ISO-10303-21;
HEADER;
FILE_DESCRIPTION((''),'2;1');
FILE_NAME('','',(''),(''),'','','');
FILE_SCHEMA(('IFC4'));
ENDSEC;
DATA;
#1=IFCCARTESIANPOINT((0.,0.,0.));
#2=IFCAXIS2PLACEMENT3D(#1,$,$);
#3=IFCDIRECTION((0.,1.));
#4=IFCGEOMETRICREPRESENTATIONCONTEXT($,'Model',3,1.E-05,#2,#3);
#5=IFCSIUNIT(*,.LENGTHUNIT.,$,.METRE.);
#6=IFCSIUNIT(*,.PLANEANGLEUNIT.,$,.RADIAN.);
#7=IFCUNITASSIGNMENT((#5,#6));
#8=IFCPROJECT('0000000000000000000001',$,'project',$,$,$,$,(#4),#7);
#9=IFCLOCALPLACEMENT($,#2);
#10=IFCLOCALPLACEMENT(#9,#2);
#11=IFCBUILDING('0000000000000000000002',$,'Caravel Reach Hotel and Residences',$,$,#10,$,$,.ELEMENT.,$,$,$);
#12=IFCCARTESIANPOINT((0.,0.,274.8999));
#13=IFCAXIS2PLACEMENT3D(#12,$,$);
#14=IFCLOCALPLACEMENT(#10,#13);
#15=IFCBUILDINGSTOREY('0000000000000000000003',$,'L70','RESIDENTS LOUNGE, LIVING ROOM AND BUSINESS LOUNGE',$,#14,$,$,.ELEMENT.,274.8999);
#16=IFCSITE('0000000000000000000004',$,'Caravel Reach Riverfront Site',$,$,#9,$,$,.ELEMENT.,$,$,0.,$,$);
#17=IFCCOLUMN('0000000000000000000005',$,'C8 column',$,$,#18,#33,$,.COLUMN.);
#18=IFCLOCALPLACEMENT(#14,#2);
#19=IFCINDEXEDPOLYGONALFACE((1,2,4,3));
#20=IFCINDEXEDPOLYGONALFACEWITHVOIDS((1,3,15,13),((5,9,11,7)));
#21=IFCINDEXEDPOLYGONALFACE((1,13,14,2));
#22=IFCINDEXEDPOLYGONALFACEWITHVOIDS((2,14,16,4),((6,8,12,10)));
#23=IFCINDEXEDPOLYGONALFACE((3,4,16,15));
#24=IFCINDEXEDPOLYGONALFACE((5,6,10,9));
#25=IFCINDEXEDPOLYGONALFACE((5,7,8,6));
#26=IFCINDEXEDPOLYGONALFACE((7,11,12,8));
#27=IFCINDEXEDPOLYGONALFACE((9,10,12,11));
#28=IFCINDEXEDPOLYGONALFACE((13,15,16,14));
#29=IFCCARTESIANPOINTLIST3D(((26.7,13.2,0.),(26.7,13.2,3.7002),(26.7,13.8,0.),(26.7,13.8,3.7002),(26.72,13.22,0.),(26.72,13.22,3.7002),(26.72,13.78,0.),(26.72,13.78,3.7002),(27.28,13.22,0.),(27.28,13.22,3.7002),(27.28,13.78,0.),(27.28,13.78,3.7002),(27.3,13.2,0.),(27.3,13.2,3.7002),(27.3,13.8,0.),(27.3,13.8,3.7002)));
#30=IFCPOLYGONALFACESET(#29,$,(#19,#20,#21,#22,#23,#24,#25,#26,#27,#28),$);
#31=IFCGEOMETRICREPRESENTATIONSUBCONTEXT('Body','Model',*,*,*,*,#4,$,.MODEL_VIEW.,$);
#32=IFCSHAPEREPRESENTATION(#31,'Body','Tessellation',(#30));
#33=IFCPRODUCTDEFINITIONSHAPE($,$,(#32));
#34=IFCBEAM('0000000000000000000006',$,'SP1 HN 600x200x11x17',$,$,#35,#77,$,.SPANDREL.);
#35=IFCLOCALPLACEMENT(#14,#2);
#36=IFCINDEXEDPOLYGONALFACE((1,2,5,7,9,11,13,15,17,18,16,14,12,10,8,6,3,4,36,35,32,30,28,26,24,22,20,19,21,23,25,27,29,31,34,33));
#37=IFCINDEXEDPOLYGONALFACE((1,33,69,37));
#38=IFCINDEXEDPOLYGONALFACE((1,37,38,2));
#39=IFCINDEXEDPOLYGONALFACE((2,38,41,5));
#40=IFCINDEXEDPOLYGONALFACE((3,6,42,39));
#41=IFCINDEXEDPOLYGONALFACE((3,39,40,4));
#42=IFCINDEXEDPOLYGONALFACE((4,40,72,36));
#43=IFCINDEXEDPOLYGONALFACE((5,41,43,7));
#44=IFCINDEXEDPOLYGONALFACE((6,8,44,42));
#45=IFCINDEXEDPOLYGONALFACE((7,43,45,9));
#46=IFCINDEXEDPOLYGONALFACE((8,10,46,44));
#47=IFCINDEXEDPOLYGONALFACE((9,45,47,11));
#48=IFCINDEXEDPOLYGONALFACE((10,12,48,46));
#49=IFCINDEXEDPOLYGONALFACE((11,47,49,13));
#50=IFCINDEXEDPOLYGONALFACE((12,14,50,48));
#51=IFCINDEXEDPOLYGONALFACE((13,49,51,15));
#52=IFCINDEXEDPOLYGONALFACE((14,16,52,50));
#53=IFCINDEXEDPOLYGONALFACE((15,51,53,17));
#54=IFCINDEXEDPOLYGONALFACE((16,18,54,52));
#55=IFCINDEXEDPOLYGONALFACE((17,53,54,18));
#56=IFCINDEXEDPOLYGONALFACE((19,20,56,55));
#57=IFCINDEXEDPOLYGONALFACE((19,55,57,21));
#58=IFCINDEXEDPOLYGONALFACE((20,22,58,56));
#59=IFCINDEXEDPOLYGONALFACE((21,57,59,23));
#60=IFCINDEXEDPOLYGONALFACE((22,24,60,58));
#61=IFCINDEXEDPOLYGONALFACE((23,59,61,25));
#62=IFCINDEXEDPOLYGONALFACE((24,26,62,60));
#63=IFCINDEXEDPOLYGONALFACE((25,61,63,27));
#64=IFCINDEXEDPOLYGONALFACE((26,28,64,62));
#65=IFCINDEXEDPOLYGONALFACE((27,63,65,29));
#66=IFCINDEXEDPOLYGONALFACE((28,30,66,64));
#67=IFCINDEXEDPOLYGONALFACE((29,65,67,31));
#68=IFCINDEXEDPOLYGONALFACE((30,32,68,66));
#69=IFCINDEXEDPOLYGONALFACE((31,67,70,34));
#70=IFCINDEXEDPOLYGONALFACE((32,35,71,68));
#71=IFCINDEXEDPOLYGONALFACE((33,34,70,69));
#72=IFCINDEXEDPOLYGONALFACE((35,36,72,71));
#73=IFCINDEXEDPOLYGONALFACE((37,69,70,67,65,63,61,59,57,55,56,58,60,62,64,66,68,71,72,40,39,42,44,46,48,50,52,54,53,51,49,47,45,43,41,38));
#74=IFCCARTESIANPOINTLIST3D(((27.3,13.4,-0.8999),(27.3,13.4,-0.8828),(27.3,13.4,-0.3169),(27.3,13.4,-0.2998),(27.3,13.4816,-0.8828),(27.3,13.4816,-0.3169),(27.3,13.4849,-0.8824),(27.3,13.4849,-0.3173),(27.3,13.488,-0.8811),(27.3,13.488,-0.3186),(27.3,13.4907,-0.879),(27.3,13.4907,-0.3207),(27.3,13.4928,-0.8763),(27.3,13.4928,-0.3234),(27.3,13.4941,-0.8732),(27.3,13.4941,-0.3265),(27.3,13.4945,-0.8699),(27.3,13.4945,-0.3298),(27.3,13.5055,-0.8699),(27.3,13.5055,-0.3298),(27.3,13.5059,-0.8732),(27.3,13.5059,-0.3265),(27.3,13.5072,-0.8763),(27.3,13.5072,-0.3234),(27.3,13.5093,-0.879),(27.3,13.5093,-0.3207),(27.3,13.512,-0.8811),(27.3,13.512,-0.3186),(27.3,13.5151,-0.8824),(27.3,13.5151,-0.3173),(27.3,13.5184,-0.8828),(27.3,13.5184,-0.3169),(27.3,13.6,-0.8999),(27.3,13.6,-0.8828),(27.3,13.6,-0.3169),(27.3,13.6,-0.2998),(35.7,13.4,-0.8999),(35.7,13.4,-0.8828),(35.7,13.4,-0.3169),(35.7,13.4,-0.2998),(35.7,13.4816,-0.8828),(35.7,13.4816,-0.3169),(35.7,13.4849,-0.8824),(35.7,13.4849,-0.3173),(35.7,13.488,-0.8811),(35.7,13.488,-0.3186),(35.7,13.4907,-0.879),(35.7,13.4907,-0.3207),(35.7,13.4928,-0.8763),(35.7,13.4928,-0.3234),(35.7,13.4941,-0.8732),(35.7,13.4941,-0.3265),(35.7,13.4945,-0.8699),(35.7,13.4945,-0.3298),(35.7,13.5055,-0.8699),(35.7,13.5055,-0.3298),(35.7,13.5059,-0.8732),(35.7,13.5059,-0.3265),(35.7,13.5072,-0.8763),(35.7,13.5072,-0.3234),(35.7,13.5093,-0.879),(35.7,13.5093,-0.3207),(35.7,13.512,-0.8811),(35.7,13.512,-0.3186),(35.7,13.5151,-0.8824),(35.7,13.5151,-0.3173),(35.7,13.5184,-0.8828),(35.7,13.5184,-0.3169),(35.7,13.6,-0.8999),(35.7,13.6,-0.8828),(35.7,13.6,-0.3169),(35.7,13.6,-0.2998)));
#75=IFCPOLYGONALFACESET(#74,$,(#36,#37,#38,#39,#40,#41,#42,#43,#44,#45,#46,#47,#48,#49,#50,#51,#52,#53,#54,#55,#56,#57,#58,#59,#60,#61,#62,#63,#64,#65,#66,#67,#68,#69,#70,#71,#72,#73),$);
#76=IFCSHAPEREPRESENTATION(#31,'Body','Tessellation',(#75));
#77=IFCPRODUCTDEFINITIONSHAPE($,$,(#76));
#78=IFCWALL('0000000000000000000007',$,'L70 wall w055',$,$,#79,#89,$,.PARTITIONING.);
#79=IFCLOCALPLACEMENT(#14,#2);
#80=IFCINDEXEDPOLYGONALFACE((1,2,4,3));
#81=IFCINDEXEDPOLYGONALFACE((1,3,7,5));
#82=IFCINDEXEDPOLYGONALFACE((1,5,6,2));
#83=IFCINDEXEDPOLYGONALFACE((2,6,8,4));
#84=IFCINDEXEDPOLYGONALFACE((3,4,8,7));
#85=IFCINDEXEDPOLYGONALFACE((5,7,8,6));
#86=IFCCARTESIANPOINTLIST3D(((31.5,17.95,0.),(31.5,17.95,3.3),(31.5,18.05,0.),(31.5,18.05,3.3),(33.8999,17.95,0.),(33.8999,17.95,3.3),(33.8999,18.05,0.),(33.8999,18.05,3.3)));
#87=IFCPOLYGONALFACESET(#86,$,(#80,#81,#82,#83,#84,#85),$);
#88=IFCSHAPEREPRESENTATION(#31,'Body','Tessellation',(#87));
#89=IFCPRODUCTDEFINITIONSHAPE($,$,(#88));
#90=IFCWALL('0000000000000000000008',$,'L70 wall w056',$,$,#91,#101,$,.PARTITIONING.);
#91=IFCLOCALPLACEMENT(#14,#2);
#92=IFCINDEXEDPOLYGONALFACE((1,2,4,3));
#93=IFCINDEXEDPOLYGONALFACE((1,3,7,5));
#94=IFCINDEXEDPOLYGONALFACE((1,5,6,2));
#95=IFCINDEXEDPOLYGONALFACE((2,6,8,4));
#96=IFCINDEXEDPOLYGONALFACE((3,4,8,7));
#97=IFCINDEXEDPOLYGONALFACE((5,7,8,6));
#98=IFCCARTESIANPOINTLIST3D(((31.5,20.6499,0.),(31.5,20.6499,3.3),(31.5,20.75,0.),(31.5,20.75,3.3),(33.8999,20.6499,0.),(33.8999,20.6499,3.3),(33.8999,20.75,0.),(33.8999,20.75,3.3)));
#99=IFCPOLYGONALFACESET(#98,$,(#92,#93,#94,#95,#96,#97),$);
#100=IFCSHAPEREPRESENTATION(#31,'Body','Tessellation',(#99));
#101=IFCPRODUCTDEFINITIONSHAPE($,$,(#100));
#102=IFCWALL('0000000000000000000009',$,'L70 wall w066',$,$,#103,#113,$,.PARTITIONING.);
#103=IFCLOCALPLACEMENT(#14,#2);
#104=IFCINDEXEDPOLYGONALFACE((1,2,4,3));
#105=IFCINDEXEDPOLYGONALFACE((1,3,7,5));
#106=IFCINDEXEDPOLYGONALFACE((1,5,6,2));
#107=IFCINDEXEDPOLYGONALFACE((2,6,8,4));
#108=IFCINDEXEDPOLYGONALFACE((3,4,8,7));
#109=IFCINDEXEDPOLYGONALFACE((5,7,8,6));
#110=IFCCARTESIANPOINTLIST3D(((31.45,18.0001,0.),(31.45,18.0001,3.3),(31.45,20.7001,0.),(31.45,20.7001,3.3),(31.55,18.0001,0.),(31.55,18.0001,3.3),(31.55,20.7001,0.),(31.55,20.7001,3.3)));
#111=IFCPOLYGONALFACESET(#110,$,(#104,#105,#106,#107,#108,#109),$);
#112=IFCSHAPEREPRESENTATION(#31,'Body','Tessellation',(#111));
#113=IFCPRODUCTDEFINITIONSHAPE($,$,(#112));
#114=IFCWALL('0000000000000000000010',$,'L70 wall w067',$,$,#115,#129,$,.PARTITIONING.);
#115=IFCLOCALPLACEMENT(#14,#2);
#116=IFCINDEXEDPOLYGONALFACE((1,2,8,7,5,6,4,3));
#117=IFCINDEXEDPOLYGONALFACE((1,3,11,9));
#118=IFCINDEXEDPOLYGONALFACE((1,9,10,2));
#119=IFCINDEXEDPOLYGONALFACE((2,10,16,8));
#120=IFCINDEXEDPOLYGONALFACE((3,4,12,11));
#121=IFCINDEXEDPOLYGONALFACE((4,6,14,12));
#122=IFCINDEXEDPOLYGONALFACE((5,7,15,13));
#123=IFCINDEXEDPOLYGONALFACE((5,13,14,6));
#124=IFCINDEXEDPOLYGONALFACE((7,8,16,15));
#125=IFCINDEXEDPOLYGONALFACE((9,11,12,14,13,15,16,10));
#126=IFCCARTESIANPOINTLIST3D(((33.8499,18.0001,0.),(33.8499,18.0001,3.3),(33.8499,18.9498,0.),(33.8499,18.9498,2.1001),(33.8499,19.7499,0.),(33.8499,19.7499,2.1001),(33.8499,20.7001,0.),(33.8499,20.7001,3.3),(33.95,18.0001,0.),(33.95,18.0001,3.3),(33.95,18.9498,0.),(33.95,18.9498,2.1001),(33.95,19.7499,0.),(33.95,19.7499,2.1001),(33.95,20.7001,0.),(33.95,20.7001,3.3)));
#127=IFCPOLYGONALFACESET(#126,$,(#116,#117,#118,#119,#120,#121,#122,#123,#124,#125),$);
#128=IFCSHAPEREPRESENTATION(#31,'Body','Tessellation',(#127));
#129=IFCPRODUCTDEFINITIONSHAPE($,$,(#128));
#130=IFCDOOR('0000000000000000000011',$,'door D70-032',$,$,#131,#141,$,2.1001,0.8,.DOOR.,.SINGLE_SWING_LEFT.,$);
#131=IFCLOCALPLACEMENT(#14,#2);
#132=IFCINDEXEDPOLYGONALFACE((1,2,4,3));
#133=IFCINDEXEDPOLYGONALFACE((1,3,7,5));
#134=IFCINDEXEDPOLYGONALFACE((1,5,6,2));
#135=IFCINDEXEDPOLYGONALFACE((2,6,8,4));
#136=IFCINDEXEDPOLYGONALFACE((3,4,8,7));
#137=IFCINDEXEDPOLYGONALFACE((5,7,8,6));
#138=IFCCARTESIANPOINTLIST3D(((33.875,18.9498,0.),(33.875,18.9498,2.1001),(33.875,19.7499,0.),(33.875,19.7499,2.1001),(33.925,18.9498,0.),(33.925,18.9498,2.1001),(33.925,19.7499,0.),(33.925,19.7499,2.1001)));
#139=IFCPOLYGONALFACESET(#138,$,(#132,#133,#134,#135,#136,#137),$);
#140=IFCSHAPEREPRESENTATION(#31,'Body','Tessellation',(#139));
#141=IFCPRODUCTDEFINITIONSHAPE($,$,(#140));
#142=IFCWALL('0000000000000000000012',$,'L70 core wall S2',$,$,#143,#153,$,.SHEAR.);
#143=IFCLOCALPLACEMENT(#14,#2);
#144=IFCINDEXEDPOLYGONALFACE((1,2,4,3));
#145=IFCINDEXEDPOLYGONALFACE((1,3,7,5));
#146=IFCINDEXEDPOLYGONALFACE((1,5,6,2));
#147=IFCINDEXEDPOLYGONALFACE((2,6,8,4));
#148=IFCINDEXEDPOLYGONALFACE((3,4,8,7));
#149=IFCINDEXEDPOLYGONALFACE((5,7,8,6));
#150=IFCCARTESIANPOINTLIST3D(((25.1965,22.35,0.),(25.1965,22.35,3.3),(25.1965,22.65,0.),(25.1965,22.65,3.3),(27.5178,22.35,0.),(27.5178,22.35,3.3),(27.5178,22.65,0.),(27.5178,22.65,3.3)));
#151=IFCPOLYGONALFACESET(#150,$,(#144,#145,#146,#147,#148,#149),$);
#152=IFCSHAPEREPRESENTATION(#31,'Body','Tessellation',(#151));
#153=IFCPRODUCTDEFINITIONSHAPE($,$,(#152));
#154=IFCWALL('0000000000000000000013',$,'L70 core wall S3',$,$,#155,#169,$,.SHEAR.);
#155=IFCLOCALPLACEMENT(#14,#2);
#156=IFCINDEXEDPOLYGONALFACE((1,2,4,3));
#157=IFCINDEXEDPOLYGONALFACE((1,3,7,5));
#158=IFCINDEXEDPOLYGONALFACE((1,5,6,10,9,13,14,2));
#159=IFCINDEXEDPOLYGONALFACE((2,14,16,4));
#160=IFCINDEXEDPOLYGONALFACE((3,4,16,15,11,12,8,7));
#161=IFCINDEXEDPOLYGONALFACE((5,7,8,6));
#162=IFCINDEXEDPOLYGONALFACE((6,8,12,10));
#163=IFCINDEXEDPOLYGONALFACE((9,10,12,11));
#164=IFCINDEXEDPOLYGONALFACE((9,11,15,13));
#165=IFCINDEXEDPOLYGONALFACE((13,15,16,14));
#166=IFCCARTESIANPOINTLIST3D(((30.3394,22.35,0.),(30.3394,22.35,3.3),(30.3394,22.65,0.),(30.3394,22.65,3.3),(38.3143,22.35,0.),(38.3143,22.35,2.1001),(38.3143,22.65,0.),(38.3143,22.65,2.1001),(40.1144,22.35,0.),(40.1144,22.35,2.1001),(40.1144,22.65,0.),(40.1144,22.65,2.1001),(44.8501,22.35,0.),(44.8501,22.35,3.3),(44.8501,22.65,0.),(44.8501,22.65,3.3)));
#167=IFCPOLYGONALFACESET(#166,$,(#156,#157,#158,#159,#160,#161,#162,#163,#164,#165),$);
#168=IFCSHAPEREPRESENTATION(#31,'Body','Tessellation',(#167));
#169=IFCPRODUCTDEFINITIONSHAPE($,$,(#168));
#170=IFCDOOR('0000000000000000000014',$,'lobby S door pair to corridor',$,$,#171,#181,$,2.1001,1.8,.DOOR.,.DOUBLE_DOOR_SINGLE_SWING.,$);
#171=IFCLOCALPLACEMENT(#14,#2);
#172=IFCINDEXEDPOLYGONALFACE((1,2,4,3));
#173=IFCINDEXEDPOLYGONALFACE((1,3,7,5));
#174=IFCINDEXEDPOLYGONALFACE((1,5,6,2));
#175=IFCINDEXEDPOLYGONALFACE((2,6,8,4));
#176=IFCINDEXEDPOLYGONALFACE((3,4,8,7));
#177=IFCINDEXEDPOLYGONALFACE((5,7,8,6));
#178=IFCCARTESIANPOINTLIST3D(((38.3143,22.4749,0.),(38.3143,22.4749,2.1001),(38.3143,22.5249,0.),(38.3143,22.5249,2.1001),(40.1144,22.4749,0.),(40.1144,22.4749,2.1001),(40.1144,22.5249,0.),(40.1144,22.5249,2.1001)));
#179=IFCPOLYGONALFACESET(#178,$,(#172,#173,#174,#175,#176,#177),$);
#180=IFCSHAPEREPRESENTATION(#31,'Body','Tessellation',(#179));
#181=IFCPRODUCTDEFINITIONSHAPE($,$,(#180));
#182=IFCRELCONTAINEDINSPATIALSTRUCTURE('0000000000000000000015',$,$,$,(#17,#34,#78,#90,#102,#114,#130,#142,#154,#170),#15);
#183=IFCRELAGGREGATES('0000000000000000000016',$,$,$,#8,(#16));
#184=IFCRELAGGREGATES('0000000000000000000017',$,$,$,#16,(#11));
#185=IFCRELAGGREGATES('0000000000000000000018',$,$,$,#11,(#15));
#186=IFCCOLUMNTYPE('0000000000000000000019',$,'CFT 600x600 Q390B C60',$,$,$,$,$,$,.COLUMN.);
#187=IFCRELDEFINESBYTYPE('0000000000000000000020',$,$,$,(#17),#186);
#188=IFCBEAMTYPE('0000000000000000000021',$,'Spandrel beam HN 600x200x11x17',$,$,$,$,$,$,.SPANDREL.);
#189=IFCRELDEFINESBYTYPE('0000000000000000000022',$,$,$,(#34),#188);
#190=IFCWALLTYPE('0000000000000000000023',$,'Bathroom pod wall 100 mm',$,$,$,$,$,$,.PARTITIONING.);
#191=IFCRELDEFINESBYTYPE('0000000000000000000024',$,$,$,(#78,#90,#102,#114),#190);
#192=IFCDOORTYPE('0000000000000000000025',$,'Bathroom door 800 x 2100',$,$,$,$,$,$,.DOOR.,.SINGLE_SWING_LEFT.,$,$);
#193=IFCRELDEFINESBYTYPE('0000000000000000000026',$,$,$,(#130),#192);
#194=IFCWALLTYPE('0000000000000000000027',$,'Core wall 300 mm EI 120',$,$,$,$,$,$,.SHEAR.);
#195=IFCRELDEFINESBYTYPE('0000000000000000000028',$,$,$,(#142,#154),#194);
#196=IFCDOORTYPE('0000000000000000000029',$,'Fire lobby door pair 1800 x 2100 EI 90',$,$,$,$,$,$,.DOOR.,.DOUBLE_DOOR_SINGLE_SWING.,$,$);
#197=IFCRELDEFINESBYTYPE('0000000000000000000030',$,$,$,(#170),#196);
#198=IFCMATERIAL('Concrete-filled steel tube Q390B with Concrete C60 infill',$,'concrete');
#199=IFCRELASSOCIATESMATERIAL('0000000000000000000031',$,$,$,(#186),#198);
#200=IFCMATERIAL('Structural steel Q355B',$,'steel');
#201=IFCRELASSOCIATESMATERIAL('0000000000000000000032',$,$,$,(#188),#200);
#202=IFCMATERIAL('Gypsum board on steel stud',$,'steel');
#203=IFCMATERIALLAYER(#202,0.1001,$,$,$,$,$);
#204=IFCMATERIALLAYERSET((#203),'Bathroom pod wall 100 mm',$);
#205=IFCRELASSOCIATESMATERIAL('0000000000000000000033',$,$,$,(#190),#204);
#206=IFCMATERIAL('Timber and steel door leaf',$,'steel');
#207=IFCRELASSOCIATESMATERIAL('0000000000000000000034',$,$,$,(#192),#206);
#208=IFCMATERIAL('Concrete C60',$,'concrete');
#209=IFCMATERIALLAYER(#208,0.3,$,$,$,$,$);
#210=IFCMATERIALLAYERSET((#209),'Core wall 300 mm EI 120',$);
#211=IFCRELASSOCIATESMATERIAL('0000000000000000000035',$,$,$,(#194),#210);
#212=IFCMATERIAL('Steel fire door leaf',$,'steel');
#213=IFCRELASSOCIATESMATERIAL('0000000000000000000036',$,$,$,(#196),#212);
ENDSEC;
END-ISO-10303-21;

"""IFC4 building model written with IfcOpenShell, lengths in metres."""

from ifc_helpers import new_model, si_unit, direction, frame, frame_2d, origin, origin_2d, place, context, subcontext, project, spatial, rectangle, hollow_rectangle, i_section, extrude, material, layer, layer_set, material_profile, profile_set, type_object, element, fill, save


model = new_model("IFC4")

# Units and contexts
model_context = context("Model", 3, precision=1e-05, world=origin(), true_north=direction((0.0, 1.0)))
body_context = subcontext(model_context, "Body", "Model", "MODEL_VIEW")
ifc_project = project(units=[si_unit("LENGTHUNIT", "METRE"), si_unit("PLANEANGLEUNIT", "RADIAN")], contexts=[model_context])

# Site, building, storey
site_placement = place(None, origin())
site = spatial("IfcSite", under=ifc_project, at=site_placement, Name="Caravel Reach Riverfront Site", CompositionType="ELEMENT", RefElevation=0.0)
building_placement = place(site_placement, origin())
building = spatial("IfcBuilding", under=site, at=building_placement, Name="Caravel Reach Hotel and Residences", CompositionType="ELEMENT")
storey_placement = place(building_placement, frame((0.0, 0.0, 274.8999)))
storey = spatial("IfcBuildingStorey", under=building, at=storey_placement, Name="L70", Description="RESIDENTS LOUNGE, LIVING ROOM AND BUSINESS LOUNGE", CompositionType="ELEMENT", Elevation=274.8999)

# Column
ifc_material_1 = material(Name="Concrete-filled steel tube Q390B with Concrete C60 infill", Category="concrete")
ifc_material_profile_1 = material_profile(ifc_material_1, hollow_rectangle(XDim=0.6001, YDim=0.6001, WallThickness=0.02, at=origin_2d()), Name="RHS 600x600x20")
ifc_profile_set_1 = profile_set([ifc_material_profile_1], Name="Concrete-filled steel tube Q390B with Concrete C60 infill")
column_type = type_object("IfcColumnType", Name="CFT 600x600 Q390B C60", PredefinedType="COLUMN", material=ifc_profile_set_1)
column_placement = place(storey_placement, frame((27.0, 13.5, 0.0), z_axis=(0.0, 0.0, 1.0), x_axis=(1.0, 0.0, 0.0)))
element("IfcColumn", 1, at=column_placement, inside=storey, type_object=column_type, Name="C8 column", PredefinedType="COLUMN", context=body_context, shape_type="SweptSolid", body=[
    extrude(hollow_rectangle(XDim=0.6001, YDim=0.6001, WallThickness=0.02, at=origin_2d()), origin(), (0.0, 0.0, 1.0), 3.7002),
])

# Beam
ifc_material_2 = material(Name="Structural steel Q355B", Category="steel")
ifc_material_profile_2 = material_profile(ifc_material_2, i_section(OverallWidth=0.2, OverallDepth=0.6001, WebThickness=0.011, FlangeThickness=0.0171, FilletRadius=0.0129, at=origin_2d()), Name="HN 600x200x11x17")
ifc_profile_set_2 = profile_set([ifc_material_profile_2], Name="Structural steel Q355B")
beam_type = type_object("IfcBeamType", Name="Spandrel beam HN 600x200x11x17", PredefinedType="SPANDREL", material=ifc_profile_set_2)
beam_placement = place(storey_placement, frame((27.3, 13.5, -0.5999), z_axis=(1.0, 0.0, 0.0), x_axis=(0.0, 1.0, 0.0)))
element("IfcBeam", 2, at=beam_placement, inside=storey, type_object=beam_type, Name="SP1 HN 600x200x11x17", PredefinedType="SPANDREL", context=body_context, shape_type="SweptSolid", body=[
    extrude(i_section(OverallWidth=0.2, OverallDepth=0.6001, WebThickness=0.011, FlangeThickness=0.0171, FilletRadius=0.0129, at=origin_2d()), origin(), (0.0, 0.0, 1.0), 8.3999),
])

# Walls
ifc_material_3 = material(Name="Gypsum board on steel stud", Category="steel")
ifc_layer_1 = layer(ifc_material_3, 0.1001)
ifc_layer_set_1 = layer_set([ifc_layer_1], Name="Bathroom pod wall 100 mm")
wall_type_1 = type_object("IfcWallType", Name="Bathroom pod wall 100 mm", PredefinedType="PARTITIONING", material=ifc_layer_set_1)
for number, where, z_axis, x_axis, name in (
    (3, (31.5, 18.0, 0.0), (0.0, 0.0, 1.0), (1.0, 0.0, 0.0), "L70 wall w055"),
    (4, (31.5, 20.7, 0.0), (0.0, 0.0, 1.0), (1.0, 0.0, 0.0), "L70 wall w056"),
):
    element("IfcWall", number, at=place(storey_placement, frame(where, z_axis=z_axis, x_axis=x_axis)), inside=storey, type_object=wall_type_1, Name=name, PredefinedType="PARTITIONING", context=body_context, shape_type="SweptSolid", body=[
        extrude(rectangle(XDim=2.3999, YDim=0.1001, at=frame_2d((1.2, 0.0))), origin(), (0.0, 0.0, 1.0), 3.3),
    ])
wall_1_placement = place(storey_placement, frame((31.5, 18.0, 0.0), z_axis=(0.0, 0.0, 1.0), x_axis=(0.0, 1.0, 0.0)))
element("IfcWall", 5, at=wall_1_placement, inside=storey, type_object=wall_type_1, Name="L70 wall w066", PredefinedType="PARTITIONING", context=body_context, shape_type="SweptSolid", body=[
    extrude(rectangle(XDim=2.7, YDim=0.1001, at=frame_2d((1.3501, 0.0))), origin(), (0.0, 0.0, 1.0), 3.3),
])

# Wall, opening, door
wall_2_placement = place(storey_placement, frame((33.8999, 18.0, 0.0), z_axis=(0.0, 0.0, 1.0), x_axis=(0.0, 1.0, 0.0)))
wall_2 = element("IfcWall", 6, at=wall_2_placement, inside=storey, type_object=wall_type_1, Name="L70 wall w067", PredefinedType="PARTITIONING", context=body_context, shape_type="SweptSolid", body=[
    extrude(rectangle(XDim=2.7, YDim=0.1001, at=frame_2d((1.3501, 0.0))), origin(), (0.0, 0.0, 1.0), 3.3),
])
opening_1_placement = place(wall_2_placement, frame((0.95, 0.0, 0.0)))
opening_1 = element("IfcOpeningElement", 7, at=opening_1_placement, cuts=wall_2, PredefinedType="OPENING", context=body_context, shape_type="SweptSolid", body=[
    extrude(rectangle(XDim=0.8, YDim=2.1001, at=frame_2d((0.3999, 1.05))), frame((0.0, 0.0601, 0.0), z_axis=(0.0, -1.0, 0.0), x_axis=(1.0, 0.0, 0.0)), (0.0, 0.0, 1.0), 0.1201),
])
ifc_material_4 = material(Name="Timber and steel door leaf", Category="steel")
door_type_1 = type_object("IfcDoorType", Name="Bathroom door 800 x 2100", OperationType="SINGLE_SWING_LEFT", PredefinedType="DOOR", material=ifc_material_4)
door_1_placement = place(opening_1_placement, origin())
door_1 = element("IfcDoor", 8, at=door_1_placement, inside=storey, type_object=door_type_1, Name="door D70-032", OperationType="SINGLE_SWING_LEFT", OverallHeight=2.1001, OverallWidth=0.8, PredefinedType="DOOR", context=body_context, shape_type="SweptSolid", body=[
    extrude(rectangle(XDim=0.8, YDim=2.1001, at=frame_2d((0.3999, 1.05))), frame((0.0, 0.0249, 0.0), z_axis=(0.0, -1.0, 0.0), x_axis=(1.0, 0.0, 0.0)), (0.0, 0.0, 1.0), 0.05),
])
fill(opening_1, door_1)

# Wall
ifc_material_5 = material(Name="Concrete C60", Category="concrete")
ifc_layer_2 = layer(ifc_material_5, 0.3)
ifc_layer_set_2 = layer_set([ifc_layer_2], Name="Core wall 300 mm EI 120")
wall_type_2 = type_object("IfcWallType", Name="Core wall 300 mm EI 120", PredefinedType="SHEAR", material=ifc_layer_set_2)
wall_3_placement = place(storey_placement, frame((25.1965, 22.5, 0.0), z_axis=(0.0, 0.0, 1.0), x_axis=(1.0, 0.0, 0.0)))
element("IfcWall", 9, at=wall_3_placement, inside=storey, type_object=wall_type_2, Name="L70 core wall S2", PredefinedType="SHEAR", context=body_context, shape_type="SweptSolid", body=[
    extrude(rectangle(XDim=2.3213, YDim=0.3, at=frame_2d((1.1606, 0.0))), origin(), (0.0, 0.0, 1.0), 3.3),
])

# Wall, opening, door
wall_4_placement = place(storey_placement, frame((30.3394, 22.5, 0.0), z_axis=(0.0, 0.0, 1.0), x_axis=(1.0, 0.0, 0.0)))
wall_4 = element("IfcWall", 10, at=wall_4_placement, inside=storey, type_object=wall_type_2, Name="L70 core wall S3", PredefinedType="SHEAR", context=body_context, shape_type="SweptSolid", body=[
    extrude(rectangle(XDim=14.5107, YDim=0.3, at=frame_2d((7.2554, 0.0))), origin(), (0.0, 0.0, 1.0), 3.3),
])
opening_2_placement = place(wall_4_placement, frame((7.9751, 0.0, 0.0)))
opening_2 = element("IfcOpeningElement", 11, at=opening_2_placement, cuts=wall_4, PredefinedType="OPENING", context=body_context, shape_type="SweptSolid", body=[
    extrude(rectangle(XDim=1.8, YDim=2.1001, at=frame_2d((0.8999, 1.05))), frame((0.0, 0.1599, 0.0), z_axis=(0.0, -1.0, 0.0), x_axis=(1.0, 0.0, 0.0)), (0.0, 0.0, 1.0), 0.3201),
])
ifc_material_6 = material(Name="Steel fire door leaf", Category="steel")
door_type_2 = type_object("IfcDoorType", Name="Fire lobby door pair 1800 x 2100 EI 90", OperationType="DOUBLE_DOOR_SINGLE_SWING", PredefinedType="DOOR", material=ifc_material_6)
door_2_placement = place(opening_2_placement, origin())
door_2 = element("IfcDoor", 12, at=door_2_placement, inside=storey, type_object=door_type_2, Name="lobby S door pair to corridor", OperationType="DOUBLE_DOOR_SINGLE_SWING", OverallHeight=2.1001, OverallWidth=1.8, PredefinedType="DOOR", context=body_context, shape_type="SweptSolid", body=[
    extrude(rectangle(XDim=1.8, YDim=2.1001, at=frame_2d((0.8999, 1.05))), frame((0.0, 0.0249, 0.0), z_axis=(0.0, -1.0, 0.0), x_axis=(1.0, 0.0, 0.0)), (0.0, 0.0, 1.0), 0.05),
])
fill(opening_2, door_2)

save(model, "model.ifc")
